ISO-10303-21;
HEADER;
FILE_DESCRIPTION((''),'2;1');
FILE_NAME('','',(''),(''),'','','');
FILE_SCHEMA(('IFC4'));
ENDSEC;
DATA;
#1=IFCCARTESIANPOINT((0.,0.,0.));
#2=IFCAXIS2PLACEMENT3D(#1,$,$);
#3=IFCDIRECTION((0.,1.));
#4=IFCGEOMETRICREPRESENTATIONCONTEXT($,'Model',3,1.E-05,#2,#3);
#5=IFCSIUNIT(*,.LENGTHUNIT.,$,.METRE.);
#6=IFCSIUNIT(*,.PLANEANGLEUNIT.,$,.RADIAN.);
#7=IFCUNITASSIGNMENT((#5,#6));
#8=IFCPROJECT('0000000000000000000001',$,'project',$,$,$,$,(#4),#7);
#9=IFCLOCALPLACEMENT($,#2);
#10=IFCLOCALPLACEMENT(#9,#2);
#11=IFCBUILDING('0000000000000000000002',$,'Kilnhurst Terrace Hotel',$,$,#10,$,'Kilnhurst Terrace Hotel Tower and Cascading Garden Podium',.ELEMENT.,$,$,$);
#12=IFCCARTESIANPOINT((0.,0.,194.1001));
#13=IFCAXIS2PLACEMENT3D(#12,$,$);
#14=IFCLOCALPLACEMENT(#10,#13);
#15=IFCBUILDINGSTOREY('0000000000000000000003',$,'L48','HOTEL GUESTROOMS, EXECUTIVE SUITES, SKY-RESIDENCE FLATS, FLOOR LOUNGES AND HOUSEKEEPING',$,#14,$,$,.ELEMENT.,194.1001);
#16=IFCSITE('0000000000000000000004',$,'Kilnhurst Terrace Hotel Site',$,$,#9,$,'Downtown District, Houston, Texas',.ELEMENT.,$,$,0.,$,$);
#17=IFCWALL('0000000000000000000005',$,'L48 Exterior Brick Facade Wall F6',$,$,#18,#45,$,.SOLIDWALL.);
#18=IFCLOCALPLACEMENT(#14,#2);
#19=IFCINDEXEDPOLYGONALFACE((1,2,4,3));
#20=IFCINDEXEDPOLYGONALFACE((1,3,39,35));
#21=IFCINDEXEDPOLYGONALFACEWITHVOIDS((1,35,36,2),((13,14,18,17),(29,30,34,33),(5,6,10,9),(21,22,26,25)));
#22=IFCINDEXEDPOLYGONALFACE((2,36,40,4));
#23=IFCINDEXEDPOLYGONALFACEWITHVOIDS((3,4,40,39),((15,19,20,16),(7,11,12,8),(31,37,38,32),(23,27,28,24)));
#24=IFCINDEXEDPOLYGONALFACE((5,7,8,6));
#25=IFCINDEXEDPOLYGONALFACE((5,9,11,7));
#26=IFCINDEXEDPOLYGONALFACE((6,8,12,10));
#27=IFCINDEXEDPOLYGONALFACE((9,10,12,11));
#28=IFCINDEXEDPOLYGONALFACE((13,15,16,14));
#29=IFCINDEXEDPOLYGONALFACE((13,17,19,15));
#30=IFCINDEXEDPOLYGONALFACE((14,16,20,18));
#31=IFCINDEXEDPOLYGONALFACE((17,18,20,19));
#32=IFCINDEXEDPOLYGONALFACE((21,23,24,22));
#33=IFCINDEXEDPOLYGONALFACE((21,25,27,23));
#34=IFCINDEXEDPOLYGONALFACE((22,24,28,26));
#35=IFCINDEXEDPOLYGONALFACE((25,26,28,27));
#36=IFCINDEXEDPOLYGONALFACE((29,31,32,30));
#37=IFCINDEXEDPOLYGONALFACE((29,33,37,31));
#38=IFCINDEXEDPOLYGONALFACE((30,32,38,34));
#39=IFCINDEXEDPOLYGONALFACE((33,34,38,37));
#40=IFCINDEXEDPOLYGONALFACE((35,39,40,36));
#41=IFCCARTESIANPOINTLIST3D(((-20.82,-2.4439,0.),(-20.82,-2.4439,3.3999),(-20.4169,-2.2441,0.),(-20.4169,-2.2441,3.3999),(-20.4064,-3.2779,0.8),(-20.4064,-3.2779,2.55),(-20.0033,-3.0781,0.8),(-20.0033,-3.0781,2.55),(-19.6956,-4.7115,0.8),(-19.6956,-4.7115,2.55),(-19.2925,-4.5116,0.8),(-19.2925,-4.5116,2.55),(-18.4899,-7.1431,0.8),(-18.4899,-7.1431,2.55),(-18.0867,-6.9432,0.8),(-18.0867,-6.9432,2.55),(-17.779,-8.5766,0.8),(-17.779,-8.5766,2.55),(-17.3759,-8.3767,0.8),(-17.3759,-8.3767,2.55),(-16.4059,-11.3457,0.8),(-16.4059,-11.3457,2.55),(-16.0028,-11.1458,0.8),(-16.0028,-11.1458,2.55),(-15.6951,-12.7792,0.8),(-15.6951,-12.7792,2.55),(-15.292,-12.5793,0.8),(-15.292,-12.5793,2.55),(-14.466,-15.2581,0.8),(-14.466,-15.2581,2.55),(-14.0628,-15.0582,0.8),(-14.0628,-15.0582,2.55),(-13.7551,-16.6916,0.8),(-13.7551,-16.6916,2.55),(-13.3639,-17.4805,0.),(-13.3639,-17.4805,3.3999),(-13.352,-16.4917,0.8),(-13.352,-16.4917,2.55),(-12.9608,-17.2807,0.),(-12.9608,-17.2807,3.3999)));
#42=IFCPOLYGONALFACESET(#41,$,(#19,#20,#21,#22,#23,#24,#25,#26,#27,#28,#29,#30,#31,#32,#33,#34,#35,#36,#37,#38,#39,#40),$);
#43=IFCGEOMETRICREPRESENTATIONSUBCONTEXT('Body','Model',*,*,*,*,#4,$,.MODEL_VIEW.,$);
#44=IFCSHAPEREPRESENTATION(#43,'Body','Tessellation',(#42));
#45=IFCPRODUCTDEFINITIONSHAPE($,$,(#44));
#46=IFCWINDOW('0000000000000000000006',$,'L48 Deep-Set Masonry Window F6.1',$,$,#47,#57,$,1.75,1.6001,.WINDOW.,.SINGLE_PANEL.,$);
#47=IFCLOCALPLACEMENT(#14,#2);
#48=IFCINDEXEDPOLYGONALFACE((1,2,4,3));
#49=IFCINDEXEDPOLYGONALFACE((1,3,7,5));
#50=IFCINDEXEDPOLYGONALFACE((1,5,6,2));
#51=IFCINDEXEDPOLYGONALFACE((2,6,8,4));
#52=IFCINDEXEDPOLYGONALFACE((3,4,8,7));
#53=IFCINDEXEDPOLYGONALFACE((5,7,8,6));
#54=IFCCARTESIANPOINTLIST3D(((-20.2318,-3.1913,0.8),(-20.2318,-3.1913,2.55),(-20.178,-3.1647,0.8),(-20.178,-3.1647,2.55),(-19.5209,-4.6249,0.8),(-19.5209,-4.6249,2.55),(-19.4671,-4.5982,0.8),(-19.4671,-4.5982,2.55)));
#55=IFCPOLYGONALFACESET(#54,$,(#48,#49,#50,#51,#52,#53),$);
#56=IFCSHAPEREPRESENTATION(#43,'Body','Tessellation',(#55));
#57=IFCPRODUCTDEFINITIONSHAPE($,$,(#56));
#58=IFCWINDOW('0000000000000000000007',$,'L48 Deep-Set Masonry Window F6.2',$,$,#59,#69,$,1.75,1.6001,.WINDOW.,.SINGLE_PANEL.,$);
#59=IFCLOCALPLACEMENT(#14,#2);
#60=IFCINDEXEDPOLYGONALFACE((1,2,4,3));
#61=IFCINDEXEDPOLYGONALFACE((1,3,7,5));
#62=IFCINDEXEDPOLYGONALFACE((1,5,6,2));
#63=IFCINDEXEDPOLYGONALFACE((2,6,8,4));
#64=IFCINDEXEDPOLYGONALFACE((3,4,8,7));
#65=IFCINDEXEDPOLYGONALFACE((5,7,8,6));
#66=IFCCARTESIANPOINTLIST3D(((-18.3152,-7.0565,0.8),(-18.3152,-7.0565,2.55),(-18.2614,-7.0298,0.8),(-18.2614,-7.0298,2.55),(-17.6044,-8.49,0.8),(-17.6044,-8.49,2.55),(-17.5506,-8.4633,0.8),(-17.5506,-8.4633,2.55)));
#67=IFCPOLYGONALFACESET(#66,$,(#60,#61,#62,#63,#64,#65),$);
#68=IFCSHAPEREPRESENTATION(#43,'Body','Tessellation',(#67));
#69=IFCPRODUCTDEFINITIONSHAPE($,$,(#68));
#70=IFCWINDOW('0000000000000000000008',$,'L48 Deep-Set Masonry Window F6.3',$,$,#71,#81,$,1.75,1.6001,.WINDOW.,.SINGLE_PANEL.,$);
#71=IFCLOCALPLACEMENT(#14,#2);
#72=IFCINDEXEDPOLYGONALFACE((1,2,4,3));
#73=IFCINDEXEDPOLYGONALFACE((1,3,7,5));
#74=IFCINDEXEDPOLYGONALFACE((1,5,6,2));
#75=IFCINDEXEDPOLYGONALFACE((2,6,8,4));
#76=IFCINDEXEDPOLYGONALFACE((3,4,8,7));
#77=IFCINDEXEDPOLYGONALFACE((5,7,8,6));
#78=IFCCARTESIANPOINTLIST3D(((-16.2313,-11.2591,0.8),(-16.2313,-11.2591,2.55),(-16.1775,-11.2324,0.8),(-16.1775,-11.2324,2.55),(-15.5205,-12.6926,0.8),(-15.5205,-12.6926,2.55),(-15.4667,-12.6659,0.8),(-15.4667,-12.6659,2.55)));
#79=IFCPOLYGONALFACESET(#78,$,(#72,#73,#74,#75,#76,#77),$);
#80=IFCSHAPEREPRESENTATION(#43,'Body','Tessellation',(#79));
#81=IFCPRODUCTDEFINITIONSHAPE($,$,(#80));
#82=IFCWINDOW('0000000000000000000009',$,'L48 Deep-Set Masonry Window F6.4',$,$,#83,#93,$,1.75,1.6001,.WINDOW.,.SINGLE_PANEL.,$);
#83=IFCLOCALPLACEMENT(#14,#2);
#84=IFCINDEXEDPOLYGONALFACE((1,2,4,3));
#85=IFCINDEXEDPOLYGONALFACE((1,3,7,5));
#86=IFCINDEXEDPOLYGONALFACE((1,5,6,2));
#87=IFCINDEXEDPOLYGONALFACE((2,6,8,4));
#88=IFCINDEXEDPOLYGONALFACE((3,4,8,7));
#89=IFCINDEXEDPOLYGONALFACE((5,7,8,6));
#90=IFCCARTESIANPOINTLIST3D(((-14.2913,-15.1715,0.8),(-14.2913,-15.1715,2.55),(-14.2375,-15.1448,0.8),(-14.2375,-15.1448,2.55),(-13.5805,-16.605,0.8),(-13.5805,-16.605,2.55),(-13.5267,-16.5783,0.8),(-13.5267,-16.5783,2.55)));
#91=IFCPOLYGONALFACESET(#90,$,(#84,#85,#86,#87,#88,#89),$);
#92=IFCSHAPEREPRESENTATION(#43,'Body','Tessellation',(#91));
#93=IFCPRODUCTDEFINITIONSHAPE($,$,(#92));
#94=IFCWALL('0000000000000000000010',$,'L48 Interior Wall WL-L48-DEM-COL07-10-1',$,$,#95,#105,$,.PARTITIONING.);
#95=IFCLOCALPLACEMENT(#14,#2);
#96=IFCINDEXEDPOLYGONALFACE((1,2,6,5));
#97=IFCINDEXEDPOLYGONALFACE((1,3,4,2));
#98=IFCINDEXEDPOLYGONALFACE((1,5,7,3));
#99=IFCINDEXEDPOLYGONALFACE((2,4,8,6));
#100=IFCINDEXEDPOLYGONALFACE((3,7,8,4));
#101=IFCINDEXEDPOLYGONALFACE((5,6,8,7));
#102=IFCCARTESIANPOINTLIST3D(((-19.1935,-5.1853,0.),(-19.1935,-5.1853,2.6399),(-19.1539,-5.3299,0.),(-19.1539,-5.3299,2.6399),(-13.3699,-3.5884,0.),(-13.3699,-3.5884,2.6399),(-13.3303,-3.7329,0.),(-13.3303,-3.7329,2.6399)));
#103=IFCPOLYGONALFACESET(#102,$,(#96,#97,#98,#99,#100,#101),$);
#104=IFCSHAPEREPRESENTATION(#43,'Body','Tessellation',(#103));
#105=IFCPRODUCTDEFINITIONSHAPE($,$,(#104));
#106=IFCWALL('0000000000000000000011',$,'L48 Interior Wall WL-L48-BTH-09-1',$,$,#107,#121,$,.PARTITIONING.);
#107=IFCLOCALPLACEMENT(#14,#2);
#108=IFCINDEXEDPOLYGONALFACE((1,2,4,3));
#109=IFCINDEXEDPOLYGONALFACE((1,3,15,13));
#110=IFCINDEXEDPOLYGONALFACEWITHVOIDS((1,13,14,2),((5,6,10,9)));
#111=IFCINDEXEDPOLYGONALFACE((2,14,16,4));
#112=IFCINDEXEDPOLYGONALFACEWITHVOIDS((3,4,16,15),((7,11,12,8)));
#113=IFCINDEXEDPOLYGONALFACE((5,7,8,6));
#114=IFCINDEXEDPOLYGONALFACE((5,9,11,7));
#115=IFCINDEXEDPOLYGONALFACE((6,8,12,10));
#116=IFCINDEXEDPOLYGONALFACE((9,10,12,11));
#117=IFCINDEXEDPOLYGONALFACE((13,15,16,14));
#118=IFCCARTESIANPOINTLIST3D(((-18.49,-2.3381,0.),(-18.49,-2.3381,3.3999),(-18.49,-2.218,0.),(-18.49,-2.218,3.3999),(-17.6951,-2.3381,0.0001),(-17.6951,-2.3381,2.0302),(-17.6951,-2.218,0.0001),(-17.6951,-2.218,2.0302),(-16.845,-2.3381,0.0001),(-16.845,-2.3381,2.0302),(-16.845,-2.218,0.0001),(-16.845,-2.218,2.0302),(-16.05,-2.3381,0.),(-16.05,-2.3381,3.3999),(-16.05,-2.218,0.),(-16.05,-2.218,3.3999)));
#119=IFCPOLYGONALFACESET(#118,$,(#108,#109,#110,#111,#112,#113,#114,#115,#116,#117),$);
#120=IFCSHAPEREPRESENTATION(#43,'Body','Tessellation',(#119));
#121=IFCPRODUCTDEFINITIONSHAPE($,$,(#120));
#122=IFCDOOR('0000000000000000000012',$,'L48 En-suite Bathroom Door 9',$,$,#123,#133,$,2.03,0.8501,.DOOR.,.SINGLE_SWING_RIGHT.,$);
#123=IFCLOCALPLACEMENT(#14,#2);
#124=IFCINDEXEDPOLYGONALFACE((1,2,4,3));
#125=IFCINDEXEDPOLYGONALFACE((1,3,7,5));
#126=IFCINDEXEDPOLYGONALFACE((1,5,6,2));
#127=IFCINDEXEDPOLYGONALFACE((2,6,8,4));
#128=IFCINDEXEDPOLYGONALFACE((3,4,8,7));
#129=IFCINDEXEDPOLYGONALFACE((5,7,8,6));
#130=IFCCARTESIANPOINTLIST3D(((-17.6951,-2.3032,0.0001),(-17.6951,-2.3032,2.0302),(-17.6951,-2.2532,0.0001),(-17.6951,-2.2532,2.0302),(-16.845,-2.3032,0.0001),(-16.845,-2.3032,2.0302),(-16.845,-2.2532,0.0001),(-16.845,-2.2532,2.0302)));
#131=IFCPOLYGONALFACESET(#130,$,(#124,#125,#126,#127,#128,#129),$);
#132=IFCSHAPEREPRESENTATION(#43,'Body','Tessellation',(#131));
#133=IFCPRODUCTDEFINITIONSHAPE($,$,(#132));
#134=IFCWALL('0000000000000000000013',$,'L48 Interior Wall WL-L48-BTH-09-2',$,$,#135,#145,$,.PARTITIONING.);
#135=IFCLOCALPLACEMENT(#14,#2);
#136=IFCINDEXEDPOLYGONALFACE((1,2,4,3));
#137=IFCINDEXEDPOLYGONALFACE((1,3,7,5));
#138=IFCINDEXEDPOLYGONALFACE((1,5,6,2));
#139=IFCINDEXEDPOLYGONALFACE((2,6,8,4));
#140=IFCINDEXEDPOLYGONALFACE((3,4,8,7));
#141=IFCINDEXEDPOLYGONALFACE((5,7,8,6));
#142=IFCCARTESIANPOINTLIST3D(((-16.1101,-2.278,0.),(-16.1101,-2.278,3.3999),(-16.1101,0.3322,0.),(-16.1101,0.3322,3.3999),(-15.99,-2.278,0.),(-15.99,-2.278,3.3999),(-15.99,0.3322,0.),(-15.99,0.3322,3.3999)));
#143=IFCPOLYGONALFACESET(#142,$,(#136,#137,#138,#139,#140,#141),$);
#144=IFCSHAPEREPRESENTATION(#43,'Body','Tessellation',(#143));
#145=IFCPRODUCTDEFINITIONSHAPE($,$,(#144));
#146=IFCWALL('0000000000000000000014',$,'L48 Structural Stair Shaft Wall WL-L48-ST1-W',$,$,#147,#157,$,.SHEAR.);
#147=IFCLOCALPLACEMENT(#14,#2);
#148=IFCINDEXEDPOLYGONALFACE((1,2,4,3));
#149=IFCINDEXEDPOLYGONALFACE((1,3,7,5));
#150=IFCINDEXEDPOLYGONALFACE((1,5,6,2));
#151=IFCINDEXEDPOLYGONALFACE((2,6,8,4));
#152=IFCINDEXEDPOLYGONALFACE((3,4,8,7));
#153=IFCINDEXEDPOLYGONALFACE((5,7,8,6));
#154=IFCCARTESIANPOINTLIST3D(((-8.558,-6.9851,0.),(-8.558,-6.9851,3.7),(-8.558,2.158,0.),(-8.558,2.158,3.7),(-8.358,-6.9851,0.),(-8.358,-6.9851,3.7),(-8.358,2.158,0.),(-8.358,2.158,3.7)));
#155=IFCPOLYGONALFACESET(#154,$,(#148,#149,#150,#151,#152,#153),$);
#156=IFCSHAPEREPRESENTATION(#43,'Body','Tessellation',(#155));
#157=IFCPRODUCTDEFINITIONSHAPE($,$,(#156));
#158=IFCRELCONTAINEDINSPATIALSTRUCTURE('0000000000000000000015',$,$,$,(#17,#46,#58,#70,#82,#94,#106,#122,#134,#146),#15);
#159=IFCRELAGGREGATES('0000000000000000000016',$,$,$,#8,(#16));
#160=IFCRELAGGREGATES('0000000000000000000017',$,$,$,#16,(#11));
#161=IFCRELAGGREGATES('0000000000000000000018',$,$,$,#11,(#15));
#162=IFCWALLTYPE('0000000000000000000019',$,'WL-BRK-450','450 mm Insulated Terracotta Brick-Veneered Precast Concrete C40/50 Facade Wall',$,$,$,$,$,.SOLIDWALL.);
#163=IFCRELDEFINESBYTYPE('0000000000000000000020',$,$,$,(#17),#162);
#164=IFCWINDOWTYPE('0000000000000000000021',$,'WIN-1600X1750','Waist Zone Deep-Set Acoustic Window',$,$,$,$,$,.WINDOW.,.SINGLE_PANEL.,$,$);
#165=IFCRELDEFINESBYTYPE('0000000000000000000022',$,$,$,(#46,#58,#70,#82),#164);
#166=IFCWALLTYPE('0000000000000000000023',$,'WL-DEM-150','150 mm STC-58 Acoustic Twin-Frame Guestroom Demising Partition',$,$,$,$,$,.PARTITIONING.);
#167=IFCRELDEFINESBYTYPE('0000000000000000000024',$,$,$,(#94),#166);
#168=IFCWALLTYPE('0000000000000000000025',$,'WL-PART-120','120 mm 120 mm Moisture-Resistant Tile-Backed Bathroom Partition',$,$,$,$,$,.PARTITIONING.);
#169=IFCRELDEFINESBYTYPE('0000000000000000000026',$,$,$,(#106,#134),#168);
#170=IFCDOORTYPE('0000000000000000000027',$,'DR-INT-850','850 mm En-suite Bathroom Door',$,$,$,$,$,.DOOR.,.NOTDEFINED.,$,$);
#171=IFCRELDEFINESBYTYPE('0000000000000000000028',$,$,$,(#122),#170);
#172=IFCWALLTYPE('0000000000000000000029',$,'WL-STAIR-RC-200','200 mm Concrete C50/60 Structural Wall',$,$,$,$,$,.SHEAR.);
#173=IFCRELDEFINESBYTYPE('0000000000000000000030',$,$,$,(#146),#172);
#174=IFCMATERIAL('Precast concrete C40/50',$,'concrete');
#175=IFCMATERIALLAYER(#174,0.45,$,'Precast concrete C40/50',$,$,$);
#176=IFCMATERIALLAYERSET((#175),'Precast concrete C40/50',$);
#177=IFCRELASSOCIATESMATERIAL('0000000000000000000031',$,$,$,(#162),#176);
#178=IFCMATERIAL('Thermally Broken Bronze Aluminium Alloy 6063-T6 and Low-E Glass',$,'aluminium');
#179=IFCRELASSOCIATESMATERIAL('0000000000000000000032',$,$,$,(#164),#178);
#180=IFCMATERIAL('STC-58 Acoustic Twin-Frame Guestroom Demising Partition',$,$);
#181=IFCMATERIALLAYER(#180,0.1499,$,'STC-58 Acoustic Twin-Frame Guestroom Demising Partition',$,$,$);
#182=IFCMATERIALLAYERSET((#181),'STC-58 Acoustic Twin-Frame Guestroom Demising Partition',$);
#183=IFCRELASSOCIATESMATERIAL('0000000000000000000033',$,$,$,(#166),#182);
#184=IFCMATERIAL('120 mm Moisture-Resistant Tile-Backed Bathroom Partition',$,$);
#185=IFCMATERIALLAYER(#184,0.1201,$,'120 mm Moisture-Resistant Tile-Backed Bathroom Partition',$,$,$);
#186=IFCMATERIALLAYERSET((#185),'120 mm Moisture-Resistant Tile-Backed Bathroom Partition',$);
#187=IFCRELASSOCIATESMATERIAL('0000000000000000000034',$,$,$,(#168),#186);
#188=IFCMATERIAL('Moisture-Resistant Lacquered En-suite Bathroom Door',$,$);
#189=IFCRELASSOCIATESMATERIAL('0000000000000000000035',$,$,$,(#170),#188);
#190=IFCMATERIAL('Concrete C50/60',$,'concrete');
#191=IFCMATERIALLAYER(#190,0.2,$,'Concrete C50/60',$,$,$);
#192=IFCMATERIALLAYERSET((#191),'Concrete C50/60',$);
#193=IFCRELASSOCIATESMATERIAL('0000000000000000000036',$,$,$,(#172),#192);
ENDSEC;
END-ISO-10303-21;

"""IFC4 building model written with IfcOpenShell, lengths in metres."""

from ifc_helpers import new_model, si_unit, direction, frame, frame_2d, origin, place, context, subcontext, project, spatial, rectangle, extrude, material, layer, layer_set, type_object, element, fill, save


model = new_model("IFC4")

# Units and contexts
model_context = context("Model", 3, precision=1e-05, world=origin(), true_north=direction((0.0, 1.0)))
body_context = subcontext(model_context, "Body", "Model", "MODEL_VIEW")
ifc_project = project(units=[si_unit("LENGTHUNIT", "METRE"), si_unit("PLANEANGLEUNIT", "RADIAN")], contexts=[model_context])

# Site, building, storey
site_placement = place(None, origin())
site = spatial("IfcSite", under=ifc_project, at=site_placement, Name="Kilnhurst Terrace Hotel Site", LongName="Downtown District, Houston, Texas", CompositionType="ELEMENT", RefElevation=0.0)
building_placement = place(site_placement, origin())
building = spatial("IfcBuilding", under=site, at=building_placement, Name="Kilnhurst Terrace Hotel", LongName="Kilnhurst Terrace Hotel Tower and Cascading Garden Podium", CompositionType="ELEMENT")
storey_placement = place(building_placement, frame((0.0, 0.0, 194.1001)))
storey = spatial("IfcBuildingStorey", under=building, at=storey_placement, Name="L48", Description="HOTEL GUESTROOMS, EXECUTIVE SUITES, SKY-RESIDENCE FLATS, FLOOR LOUNGES AND HOUSEKEEPING", CompositionType="ELEMENT", Elevation=194.1001)

# Shared definitions
ifc_material_1 = material(Name="Concrete C50/60", Category="concrete")

# Shared definitions
ifc_material_2 = material(Name="Precast concrete C40/50", Category="concrete")
ifc_layer_1 = layer(ifc_material_2, 0.45, Name="Precast concrete C40/50")
ifc_layer_set_1 = layer_set([ifc_layer_1], Name="Precast concrete C40/50")
wall_type_1 = type_object("IfcWallType", Name="WL-BRK-450", Description="450 mm Insulated Terracotta Brick-Veneered Precast Concrete C40/50 Facade Wall", PredefinedType="SOLIDWALL", material=ifc_layer_set_1)

# Wall, openings, windows
wall_1_placement = place(storey_placement, frame((-20.6184, -2.344, 0.0), z_axis=(0.0, 0.0, 1.0), x_axis=(0.444244, -0.895906, 0.0)))
wall_1 = element("IfcWall", 1, at=wall_1_placement, inside=storey, type_object=wall_type_1, Name="L48 Exterior Brick Facade Wall F6", PredefinedType="SOLIDWALL", context=body_context, shape_type="SweptSolid", body=[
    extrude(rectangle(XDim=16.7837, YDim=0.45, at=frame_2d((8.3918, 0.0))), origin(), (0.0, 0.0, 1.0), 3.3999),
])
opening_1_placement = place(wall_1_placement, frame((0.9309, 0.0, 0.8)))
opening_1 = element("IfcOpeningElement", 2, at=opening_1_placement, cuts=wall_1, PredefinedType="OPENING", context=body_context, shape_type="SweptSolid", body=[
    extrude(rectangle(XDim=1.6001, YDim=1.75, at=frame_2d((0.8, 0.875))), frame((0.0, 0.2349, 0.0), z_axis=(0.0, -1.0, 0.0), x_axis=(1.0, 0.0, 0.0)), (0.0, 0.0, 1.0), 0.47),
])
opening_2_placement = place(wall_1_placement, frame((5.2451, 0.0, 0.8)))
opening_2 = element("IfcOpeningElement", 3, at=opening_2_placement, cuts=wall_1, PredefinedType="OPENING", context=body_context, shape_type="SweptSolid", body=[
    extrude(rectangle(XDim=1.6001, YDim=1.75, at=frame_2d((0.8, 0.875))), frame((0.0, 0.2349, 0.0), z_axis=(0.0, -1.0, 0.0), x_axis=(1.0, 0.0, 0.0)), (0.0, 0.0, 1.0), 0.47),
])
opening_3_placement = place(wall_1_placement, frame((9.936, 0.0, 0.8)))
opening_3 = element("IfcOpeningElement", 4, at=opening_3_placement, cuts=wall_1, PredefinedType="OPENING", context=body_context, shape_type="SweptSolid", body=[
    extrude(rectangle(XDim=1.6001, YDim=1.75, at=frame_2d((0.8, 0.875))), frame((0.0, 0.2349, 0.0), z_axis=(0.0, -1.0, 0.0), x_axis=(1.0, 0.0, 0.0)), (0.0, 0.0, 1.0), 0.47),
])
opening_4_placement = place(wall_1_placement, frame((14.303, 0.0, 0.8)))
opening_4 = element("IfcOpeningElement", 5, at=opening_4_placement, cuts=wall_1, PredefinedType="OPENING", context=body_context, shape_type="SweptSolid", body=[
    extrude(rectangle(XDim=1.6001, YDim=1.75, at=frame_2d((0.8, 0.875))), frame((0.0, 0.2349, 0.0), z_axis=(0.0, -1.0, 0.0), x_axis=(1.0, 0.0, 0.0)), (0.0, 0.0, 1.0), 0.47),
])
ifc_material_3 = material(Name="Thermally Broken Bronze Aluminium Alloy 6063-T6 and Low-E Glass", Category="aluminium")
window_type = type_object("IfcWindowType", Name="WIN-1600X1750", Description="Waist Zone Deep-Set Acoustic Window", PartitioningType="SINGLE_PANEL", PredefinedType="WINDOW", material=ifc_material_3)
window_1_placement = place(opening_1_placement, origin())
window_1 = element("IfcWindow", 6, at=window_1_placement, inside=storey, type_object=window_type, Name="L48 Deep-Set Masonry Window F6.1", OverallHeight=1.75, OverallWidth=1.6001, PartitioningType="SINGLE_PANEL", PredefinedType="WINDOW", context=body_context, shape_type="SweptSolid", body=[
    extrude(rectangle(XDim=1.6001, YDim=1.75, at=frame_2d((0.8, 0.875))), frame((0.0, 0.03, 0.0), z_axis=(0.0, -1.0, 0.0), x_axis=(1.0, 0.0, 0.0)), (0.0, 0.0, 1.0), 0.0601),
])
fill(opening_1, window_1)
window_2_placement = place(opening_2_placement, origin())
window_2 = element("IfcWindow", 7, at=window_2_placement, inside=storey, type_object=window_type, Name="L48 Deep-Set Masonry Window F6.2", OverallHeight=1.75, OverallWidth=1.6001, PartitioningType="SINGLE_PANEL", PredefinedType="WINDOW", context=body_context, shape_type="SweptSolid", body=[
    extrude(rectangle(XDim=1.6001, YDim=1.75, at=frame_2d((0.8, 0.875))), frame((0.0, 0.03, 0.0), z_axis=(0.0, -1.0, 0.0), x_axis=(1.0, 0.0, 0.0)), (0.0, 0.0, 1.0), 0.0601),
])
fill(opening_2, window_2)
window_3_placement = place(opening_3_placement, origin())
window_3 = element("IfcWindow", 8, at=window_3_placement, inside=storey, type_object=window_type, Name="L48 Deep-Set Masonry Window F6.3", OverallHeight=1.75, OverallWidth=1.6001, PartitioningType="SINGLE_PANEL", PredefinedType="WINDOW", context=body_context, shape_type="SweptSolid", body=[
    extrude(rectangle(XDim=1.6001, YDim=1.75, at=frame_2d((0.8, 0.875))), frame((0.0, 0.03, 0.0), z_axis=(0.0, -1.0, 0.0), x_axis=(1.0, 0.0, 0.0)), (0.0, 0.0, 1.0), 0.0601),
])
fill(opening_3, window_3)
window_4_placement = place(opening_4_placement, origin())
window_4 = element("IfcWindow", 9, at=window_4_placement, inside=storey, type_object=window_type, Name="L48 Deep-Set Masonry Window F6.4", OverallHeight=1.75, OverallWidth=1.6001, PartitioningType="SINGLE_PANEL", PredefinedType="WINDOW", context=body_context, shape_type="SweptSolid", body=[
    extrude(rectangle(XDim=1.6001, YDim=1.75, at=frame_2d((0.8, 0.875))), frame((0.0, 0.03, 0.0), z_axis=(0.0, -1.0, 0.0), x_axis=(1.0, 0.0, 0.0)), (0.0, 0.0, 1.0), 0.0601),
])
fill(opening_4, window_4)

# Wall
ifc_material_4 = material(Name="STC-58 Acoustic Twin-Frame Guestroom Demising Partition")
ifc_layer_2 = layer(ifc_material_4, 0.1499, Name="STC-58 Acoustic Twin-Frame Guestroom Demising Partition")
ifc_layer_set_2 = layer_set([ifc_layer_2], Name="STC-58 Acoustic Twin-Frame Guestroom Demising Partition")
wall_type_2 = type_object("IfcWallType", Name="WL-DEM-150", Description="150 mm STC-58 Acoustic Twin-Frame Guestroom Demising Partition", PredefinedType="PARTITIONING", material=ifc_layer_set_2)
wall_2_placement = place(storey_placement, frame((-13.3501, -3.6606, 0.0), z_axis=(0.0, 0.0, 1.0), x_axis=(-0.964397, -0.264458, 0.0)))
element("IfcWall", 10, at=wall_2_placement, inside=storey, type_object=wall_type_2, Name="L48 Interior Wall WL-L48-DEM-COL07-10-1", PredefinedType="PARTITIONING", context=body_context, shape_type="SweptSolid", body=[
    extrude(rectangle(XDim=6.0386, YDim=0.1499, at=frame_2d((3.0193, 0.0))), origin(), (0.0, 0.0, 1.0), 2.6399),
])

# Wall, opening, door
ifc_material_5 = material(Name="120 mm Moisture-Resistant Tile-Backed Bathroom Partition")
ifc_layer_3 = layer(ifc_material_5, 0.1201, Name="120 mm Moisture-Resistant Tile-Backed Bathroom Partition")
ifc_layer_set_3 = layer_set([ifc_layer_3], Name="120 mm Moisture-Resistant Tile-Backed Bathroom Partition")
wall_type_3 = type_object("IfcWallType", Name="WL-PART-120", Description="120 mm 120 mm Moisture-Resistant Tile-Backed Bathroom Partition", PredefinedType="PARTITIONING", material=ifc_layer_set_3)
wall_3_placement = place(storey_placement, frame((-18.49, -2.2781, 0.0), z_axis=(0.0, 0.0, 1.0), x_axis=(1.0, 0.0, 0.0)))
wall_3 = element("IfcWall", 11, at=wall_3_placement, inside=storey, type_object=wall_type_3, Name="L48 Interior Wall WL-L48-BTH-09-1", PredefinedType="PARTITIONING", context=body_context, shape_type="SweptSolid", body=[
    extrude(rectangle(XDim=2.4399, YDim=0.1201, at=frame_2d((1.22, 0.0))), origin(), (0.0, 0.0, 1.0), 3.3999),
])
opening_5_placement = place(wall_3_placement, frame((0.7949, 0.0, 0.0)))
opening_5 = element("IfcOpeningElement", 12, at=opening_5_placement, cuts=wall_3, PredefinedType="OPENING", context=body_context, shape_type="SweptSolid", body=[
    extrude(rectangle(XDim=0.8501, YDim=2.03, at=frame_2d((0.425, 1.0151))), frame((0.0, 0.0701, 0.0), z_axis=(0.0, -1.0, 0.0), x_axis=(1.0, 0.0, 0.0)), (0.0, 0.0, 1.0), 0.1401),
])
ifc_material_6 = material(Name="Moisture-Resistant Lacquered En-suite Bathroom Door")
door_type_1 = type_object("IfcDoorType", Name="DR-INT-850", Description="850 mm En-suite Bathroom Door", OperationType="NOTDEFINED", PredefinedType="DOOR", material=ifc_material_6)
door_1_placement = place(opening_5_placement, origin())
door_1 = element("IfcDoor", 13, at=door_1_placement, inside=storey, type_object=door_type_1, Name="L48 En-suite Bathroom Door 9", OperationType="SINGLE_SWING_RIGHT", OverallHeight=2.03, OverallWidth=0.8501, PredefinedType="DOOR", context=body_context, shape_type="SweptSolid", body=[
    extrude(rectangle(XDim=0.8501, YDim=2.03, at=frame_2d((0.425, 1.0151))), frame((0.0, 0.0249, 0.0), z_axis=(0.0, -1.0, 0.0), x_axis=(1.0, 0.0, 0.0)), (0.0, 0.0, 1.0), 0.05),
])
fill(opening_5, door_1)

# Walls
wall_4_placement = place(storey_placement, frame((-16.05, -2.2781, 0.0), z_axis=(0.0, 0.0, 1.0), x_axis=(0.0, 1.0, 0.0)))
element("IfcWall", 14, at=wall_4_placement, inside=storey, type_object=wall_type_3, Name="L48 Interior Wall WL-L48-BTH-09-2", PredefinedType="PARTITIONING", context=body_context, shape_type="SweptSolid", body=[
    extrude(rectangle(XDim=2.6101, YDim=0.1201, at=frame_2d((1.3052, 0.0))), origin(), (0.0, 0.0, 1.0), 3.3999),
])
ifc_layer_4 = layer(ifc_material_1, 0.2, Name="Concrete C50/60")
ifc_layer_set_4 = layer_set([ifc_layer_4], Name="Concrete C50/60")
wall_type_4 = type_object("IfcWallType", Name="WL-STAIR-RC-200", Description="200 mm Concrete C50/60 Structural Wall", PredefinedType="SHEAR", material=ifc_layer_set_4)
wall_5_placement = place(storey_placement, frame((-8.458, -6.9851, 0.0), z_axis=(0.0, 0.0, 1.0), x_axis=(0.0, 1.0, 0.0)))
element("IfcWall", 15, at=wall_5_placement, inside=storey, type_object=wall_type_4, Name="L48 Structural Stair Shaft Wall WL-L48-ST1-W", PredefinedType="SHEAR", context=body_context, shape_type="SweptSolid", body=[
    extrude(rectangle(XDim=9.1431, YDim=0.2, at=frame_2d((4.5715, 0.0))), origin(), (0.0, 0.0, 1.0), 3.7),
])

save(model, "model.ifc")
